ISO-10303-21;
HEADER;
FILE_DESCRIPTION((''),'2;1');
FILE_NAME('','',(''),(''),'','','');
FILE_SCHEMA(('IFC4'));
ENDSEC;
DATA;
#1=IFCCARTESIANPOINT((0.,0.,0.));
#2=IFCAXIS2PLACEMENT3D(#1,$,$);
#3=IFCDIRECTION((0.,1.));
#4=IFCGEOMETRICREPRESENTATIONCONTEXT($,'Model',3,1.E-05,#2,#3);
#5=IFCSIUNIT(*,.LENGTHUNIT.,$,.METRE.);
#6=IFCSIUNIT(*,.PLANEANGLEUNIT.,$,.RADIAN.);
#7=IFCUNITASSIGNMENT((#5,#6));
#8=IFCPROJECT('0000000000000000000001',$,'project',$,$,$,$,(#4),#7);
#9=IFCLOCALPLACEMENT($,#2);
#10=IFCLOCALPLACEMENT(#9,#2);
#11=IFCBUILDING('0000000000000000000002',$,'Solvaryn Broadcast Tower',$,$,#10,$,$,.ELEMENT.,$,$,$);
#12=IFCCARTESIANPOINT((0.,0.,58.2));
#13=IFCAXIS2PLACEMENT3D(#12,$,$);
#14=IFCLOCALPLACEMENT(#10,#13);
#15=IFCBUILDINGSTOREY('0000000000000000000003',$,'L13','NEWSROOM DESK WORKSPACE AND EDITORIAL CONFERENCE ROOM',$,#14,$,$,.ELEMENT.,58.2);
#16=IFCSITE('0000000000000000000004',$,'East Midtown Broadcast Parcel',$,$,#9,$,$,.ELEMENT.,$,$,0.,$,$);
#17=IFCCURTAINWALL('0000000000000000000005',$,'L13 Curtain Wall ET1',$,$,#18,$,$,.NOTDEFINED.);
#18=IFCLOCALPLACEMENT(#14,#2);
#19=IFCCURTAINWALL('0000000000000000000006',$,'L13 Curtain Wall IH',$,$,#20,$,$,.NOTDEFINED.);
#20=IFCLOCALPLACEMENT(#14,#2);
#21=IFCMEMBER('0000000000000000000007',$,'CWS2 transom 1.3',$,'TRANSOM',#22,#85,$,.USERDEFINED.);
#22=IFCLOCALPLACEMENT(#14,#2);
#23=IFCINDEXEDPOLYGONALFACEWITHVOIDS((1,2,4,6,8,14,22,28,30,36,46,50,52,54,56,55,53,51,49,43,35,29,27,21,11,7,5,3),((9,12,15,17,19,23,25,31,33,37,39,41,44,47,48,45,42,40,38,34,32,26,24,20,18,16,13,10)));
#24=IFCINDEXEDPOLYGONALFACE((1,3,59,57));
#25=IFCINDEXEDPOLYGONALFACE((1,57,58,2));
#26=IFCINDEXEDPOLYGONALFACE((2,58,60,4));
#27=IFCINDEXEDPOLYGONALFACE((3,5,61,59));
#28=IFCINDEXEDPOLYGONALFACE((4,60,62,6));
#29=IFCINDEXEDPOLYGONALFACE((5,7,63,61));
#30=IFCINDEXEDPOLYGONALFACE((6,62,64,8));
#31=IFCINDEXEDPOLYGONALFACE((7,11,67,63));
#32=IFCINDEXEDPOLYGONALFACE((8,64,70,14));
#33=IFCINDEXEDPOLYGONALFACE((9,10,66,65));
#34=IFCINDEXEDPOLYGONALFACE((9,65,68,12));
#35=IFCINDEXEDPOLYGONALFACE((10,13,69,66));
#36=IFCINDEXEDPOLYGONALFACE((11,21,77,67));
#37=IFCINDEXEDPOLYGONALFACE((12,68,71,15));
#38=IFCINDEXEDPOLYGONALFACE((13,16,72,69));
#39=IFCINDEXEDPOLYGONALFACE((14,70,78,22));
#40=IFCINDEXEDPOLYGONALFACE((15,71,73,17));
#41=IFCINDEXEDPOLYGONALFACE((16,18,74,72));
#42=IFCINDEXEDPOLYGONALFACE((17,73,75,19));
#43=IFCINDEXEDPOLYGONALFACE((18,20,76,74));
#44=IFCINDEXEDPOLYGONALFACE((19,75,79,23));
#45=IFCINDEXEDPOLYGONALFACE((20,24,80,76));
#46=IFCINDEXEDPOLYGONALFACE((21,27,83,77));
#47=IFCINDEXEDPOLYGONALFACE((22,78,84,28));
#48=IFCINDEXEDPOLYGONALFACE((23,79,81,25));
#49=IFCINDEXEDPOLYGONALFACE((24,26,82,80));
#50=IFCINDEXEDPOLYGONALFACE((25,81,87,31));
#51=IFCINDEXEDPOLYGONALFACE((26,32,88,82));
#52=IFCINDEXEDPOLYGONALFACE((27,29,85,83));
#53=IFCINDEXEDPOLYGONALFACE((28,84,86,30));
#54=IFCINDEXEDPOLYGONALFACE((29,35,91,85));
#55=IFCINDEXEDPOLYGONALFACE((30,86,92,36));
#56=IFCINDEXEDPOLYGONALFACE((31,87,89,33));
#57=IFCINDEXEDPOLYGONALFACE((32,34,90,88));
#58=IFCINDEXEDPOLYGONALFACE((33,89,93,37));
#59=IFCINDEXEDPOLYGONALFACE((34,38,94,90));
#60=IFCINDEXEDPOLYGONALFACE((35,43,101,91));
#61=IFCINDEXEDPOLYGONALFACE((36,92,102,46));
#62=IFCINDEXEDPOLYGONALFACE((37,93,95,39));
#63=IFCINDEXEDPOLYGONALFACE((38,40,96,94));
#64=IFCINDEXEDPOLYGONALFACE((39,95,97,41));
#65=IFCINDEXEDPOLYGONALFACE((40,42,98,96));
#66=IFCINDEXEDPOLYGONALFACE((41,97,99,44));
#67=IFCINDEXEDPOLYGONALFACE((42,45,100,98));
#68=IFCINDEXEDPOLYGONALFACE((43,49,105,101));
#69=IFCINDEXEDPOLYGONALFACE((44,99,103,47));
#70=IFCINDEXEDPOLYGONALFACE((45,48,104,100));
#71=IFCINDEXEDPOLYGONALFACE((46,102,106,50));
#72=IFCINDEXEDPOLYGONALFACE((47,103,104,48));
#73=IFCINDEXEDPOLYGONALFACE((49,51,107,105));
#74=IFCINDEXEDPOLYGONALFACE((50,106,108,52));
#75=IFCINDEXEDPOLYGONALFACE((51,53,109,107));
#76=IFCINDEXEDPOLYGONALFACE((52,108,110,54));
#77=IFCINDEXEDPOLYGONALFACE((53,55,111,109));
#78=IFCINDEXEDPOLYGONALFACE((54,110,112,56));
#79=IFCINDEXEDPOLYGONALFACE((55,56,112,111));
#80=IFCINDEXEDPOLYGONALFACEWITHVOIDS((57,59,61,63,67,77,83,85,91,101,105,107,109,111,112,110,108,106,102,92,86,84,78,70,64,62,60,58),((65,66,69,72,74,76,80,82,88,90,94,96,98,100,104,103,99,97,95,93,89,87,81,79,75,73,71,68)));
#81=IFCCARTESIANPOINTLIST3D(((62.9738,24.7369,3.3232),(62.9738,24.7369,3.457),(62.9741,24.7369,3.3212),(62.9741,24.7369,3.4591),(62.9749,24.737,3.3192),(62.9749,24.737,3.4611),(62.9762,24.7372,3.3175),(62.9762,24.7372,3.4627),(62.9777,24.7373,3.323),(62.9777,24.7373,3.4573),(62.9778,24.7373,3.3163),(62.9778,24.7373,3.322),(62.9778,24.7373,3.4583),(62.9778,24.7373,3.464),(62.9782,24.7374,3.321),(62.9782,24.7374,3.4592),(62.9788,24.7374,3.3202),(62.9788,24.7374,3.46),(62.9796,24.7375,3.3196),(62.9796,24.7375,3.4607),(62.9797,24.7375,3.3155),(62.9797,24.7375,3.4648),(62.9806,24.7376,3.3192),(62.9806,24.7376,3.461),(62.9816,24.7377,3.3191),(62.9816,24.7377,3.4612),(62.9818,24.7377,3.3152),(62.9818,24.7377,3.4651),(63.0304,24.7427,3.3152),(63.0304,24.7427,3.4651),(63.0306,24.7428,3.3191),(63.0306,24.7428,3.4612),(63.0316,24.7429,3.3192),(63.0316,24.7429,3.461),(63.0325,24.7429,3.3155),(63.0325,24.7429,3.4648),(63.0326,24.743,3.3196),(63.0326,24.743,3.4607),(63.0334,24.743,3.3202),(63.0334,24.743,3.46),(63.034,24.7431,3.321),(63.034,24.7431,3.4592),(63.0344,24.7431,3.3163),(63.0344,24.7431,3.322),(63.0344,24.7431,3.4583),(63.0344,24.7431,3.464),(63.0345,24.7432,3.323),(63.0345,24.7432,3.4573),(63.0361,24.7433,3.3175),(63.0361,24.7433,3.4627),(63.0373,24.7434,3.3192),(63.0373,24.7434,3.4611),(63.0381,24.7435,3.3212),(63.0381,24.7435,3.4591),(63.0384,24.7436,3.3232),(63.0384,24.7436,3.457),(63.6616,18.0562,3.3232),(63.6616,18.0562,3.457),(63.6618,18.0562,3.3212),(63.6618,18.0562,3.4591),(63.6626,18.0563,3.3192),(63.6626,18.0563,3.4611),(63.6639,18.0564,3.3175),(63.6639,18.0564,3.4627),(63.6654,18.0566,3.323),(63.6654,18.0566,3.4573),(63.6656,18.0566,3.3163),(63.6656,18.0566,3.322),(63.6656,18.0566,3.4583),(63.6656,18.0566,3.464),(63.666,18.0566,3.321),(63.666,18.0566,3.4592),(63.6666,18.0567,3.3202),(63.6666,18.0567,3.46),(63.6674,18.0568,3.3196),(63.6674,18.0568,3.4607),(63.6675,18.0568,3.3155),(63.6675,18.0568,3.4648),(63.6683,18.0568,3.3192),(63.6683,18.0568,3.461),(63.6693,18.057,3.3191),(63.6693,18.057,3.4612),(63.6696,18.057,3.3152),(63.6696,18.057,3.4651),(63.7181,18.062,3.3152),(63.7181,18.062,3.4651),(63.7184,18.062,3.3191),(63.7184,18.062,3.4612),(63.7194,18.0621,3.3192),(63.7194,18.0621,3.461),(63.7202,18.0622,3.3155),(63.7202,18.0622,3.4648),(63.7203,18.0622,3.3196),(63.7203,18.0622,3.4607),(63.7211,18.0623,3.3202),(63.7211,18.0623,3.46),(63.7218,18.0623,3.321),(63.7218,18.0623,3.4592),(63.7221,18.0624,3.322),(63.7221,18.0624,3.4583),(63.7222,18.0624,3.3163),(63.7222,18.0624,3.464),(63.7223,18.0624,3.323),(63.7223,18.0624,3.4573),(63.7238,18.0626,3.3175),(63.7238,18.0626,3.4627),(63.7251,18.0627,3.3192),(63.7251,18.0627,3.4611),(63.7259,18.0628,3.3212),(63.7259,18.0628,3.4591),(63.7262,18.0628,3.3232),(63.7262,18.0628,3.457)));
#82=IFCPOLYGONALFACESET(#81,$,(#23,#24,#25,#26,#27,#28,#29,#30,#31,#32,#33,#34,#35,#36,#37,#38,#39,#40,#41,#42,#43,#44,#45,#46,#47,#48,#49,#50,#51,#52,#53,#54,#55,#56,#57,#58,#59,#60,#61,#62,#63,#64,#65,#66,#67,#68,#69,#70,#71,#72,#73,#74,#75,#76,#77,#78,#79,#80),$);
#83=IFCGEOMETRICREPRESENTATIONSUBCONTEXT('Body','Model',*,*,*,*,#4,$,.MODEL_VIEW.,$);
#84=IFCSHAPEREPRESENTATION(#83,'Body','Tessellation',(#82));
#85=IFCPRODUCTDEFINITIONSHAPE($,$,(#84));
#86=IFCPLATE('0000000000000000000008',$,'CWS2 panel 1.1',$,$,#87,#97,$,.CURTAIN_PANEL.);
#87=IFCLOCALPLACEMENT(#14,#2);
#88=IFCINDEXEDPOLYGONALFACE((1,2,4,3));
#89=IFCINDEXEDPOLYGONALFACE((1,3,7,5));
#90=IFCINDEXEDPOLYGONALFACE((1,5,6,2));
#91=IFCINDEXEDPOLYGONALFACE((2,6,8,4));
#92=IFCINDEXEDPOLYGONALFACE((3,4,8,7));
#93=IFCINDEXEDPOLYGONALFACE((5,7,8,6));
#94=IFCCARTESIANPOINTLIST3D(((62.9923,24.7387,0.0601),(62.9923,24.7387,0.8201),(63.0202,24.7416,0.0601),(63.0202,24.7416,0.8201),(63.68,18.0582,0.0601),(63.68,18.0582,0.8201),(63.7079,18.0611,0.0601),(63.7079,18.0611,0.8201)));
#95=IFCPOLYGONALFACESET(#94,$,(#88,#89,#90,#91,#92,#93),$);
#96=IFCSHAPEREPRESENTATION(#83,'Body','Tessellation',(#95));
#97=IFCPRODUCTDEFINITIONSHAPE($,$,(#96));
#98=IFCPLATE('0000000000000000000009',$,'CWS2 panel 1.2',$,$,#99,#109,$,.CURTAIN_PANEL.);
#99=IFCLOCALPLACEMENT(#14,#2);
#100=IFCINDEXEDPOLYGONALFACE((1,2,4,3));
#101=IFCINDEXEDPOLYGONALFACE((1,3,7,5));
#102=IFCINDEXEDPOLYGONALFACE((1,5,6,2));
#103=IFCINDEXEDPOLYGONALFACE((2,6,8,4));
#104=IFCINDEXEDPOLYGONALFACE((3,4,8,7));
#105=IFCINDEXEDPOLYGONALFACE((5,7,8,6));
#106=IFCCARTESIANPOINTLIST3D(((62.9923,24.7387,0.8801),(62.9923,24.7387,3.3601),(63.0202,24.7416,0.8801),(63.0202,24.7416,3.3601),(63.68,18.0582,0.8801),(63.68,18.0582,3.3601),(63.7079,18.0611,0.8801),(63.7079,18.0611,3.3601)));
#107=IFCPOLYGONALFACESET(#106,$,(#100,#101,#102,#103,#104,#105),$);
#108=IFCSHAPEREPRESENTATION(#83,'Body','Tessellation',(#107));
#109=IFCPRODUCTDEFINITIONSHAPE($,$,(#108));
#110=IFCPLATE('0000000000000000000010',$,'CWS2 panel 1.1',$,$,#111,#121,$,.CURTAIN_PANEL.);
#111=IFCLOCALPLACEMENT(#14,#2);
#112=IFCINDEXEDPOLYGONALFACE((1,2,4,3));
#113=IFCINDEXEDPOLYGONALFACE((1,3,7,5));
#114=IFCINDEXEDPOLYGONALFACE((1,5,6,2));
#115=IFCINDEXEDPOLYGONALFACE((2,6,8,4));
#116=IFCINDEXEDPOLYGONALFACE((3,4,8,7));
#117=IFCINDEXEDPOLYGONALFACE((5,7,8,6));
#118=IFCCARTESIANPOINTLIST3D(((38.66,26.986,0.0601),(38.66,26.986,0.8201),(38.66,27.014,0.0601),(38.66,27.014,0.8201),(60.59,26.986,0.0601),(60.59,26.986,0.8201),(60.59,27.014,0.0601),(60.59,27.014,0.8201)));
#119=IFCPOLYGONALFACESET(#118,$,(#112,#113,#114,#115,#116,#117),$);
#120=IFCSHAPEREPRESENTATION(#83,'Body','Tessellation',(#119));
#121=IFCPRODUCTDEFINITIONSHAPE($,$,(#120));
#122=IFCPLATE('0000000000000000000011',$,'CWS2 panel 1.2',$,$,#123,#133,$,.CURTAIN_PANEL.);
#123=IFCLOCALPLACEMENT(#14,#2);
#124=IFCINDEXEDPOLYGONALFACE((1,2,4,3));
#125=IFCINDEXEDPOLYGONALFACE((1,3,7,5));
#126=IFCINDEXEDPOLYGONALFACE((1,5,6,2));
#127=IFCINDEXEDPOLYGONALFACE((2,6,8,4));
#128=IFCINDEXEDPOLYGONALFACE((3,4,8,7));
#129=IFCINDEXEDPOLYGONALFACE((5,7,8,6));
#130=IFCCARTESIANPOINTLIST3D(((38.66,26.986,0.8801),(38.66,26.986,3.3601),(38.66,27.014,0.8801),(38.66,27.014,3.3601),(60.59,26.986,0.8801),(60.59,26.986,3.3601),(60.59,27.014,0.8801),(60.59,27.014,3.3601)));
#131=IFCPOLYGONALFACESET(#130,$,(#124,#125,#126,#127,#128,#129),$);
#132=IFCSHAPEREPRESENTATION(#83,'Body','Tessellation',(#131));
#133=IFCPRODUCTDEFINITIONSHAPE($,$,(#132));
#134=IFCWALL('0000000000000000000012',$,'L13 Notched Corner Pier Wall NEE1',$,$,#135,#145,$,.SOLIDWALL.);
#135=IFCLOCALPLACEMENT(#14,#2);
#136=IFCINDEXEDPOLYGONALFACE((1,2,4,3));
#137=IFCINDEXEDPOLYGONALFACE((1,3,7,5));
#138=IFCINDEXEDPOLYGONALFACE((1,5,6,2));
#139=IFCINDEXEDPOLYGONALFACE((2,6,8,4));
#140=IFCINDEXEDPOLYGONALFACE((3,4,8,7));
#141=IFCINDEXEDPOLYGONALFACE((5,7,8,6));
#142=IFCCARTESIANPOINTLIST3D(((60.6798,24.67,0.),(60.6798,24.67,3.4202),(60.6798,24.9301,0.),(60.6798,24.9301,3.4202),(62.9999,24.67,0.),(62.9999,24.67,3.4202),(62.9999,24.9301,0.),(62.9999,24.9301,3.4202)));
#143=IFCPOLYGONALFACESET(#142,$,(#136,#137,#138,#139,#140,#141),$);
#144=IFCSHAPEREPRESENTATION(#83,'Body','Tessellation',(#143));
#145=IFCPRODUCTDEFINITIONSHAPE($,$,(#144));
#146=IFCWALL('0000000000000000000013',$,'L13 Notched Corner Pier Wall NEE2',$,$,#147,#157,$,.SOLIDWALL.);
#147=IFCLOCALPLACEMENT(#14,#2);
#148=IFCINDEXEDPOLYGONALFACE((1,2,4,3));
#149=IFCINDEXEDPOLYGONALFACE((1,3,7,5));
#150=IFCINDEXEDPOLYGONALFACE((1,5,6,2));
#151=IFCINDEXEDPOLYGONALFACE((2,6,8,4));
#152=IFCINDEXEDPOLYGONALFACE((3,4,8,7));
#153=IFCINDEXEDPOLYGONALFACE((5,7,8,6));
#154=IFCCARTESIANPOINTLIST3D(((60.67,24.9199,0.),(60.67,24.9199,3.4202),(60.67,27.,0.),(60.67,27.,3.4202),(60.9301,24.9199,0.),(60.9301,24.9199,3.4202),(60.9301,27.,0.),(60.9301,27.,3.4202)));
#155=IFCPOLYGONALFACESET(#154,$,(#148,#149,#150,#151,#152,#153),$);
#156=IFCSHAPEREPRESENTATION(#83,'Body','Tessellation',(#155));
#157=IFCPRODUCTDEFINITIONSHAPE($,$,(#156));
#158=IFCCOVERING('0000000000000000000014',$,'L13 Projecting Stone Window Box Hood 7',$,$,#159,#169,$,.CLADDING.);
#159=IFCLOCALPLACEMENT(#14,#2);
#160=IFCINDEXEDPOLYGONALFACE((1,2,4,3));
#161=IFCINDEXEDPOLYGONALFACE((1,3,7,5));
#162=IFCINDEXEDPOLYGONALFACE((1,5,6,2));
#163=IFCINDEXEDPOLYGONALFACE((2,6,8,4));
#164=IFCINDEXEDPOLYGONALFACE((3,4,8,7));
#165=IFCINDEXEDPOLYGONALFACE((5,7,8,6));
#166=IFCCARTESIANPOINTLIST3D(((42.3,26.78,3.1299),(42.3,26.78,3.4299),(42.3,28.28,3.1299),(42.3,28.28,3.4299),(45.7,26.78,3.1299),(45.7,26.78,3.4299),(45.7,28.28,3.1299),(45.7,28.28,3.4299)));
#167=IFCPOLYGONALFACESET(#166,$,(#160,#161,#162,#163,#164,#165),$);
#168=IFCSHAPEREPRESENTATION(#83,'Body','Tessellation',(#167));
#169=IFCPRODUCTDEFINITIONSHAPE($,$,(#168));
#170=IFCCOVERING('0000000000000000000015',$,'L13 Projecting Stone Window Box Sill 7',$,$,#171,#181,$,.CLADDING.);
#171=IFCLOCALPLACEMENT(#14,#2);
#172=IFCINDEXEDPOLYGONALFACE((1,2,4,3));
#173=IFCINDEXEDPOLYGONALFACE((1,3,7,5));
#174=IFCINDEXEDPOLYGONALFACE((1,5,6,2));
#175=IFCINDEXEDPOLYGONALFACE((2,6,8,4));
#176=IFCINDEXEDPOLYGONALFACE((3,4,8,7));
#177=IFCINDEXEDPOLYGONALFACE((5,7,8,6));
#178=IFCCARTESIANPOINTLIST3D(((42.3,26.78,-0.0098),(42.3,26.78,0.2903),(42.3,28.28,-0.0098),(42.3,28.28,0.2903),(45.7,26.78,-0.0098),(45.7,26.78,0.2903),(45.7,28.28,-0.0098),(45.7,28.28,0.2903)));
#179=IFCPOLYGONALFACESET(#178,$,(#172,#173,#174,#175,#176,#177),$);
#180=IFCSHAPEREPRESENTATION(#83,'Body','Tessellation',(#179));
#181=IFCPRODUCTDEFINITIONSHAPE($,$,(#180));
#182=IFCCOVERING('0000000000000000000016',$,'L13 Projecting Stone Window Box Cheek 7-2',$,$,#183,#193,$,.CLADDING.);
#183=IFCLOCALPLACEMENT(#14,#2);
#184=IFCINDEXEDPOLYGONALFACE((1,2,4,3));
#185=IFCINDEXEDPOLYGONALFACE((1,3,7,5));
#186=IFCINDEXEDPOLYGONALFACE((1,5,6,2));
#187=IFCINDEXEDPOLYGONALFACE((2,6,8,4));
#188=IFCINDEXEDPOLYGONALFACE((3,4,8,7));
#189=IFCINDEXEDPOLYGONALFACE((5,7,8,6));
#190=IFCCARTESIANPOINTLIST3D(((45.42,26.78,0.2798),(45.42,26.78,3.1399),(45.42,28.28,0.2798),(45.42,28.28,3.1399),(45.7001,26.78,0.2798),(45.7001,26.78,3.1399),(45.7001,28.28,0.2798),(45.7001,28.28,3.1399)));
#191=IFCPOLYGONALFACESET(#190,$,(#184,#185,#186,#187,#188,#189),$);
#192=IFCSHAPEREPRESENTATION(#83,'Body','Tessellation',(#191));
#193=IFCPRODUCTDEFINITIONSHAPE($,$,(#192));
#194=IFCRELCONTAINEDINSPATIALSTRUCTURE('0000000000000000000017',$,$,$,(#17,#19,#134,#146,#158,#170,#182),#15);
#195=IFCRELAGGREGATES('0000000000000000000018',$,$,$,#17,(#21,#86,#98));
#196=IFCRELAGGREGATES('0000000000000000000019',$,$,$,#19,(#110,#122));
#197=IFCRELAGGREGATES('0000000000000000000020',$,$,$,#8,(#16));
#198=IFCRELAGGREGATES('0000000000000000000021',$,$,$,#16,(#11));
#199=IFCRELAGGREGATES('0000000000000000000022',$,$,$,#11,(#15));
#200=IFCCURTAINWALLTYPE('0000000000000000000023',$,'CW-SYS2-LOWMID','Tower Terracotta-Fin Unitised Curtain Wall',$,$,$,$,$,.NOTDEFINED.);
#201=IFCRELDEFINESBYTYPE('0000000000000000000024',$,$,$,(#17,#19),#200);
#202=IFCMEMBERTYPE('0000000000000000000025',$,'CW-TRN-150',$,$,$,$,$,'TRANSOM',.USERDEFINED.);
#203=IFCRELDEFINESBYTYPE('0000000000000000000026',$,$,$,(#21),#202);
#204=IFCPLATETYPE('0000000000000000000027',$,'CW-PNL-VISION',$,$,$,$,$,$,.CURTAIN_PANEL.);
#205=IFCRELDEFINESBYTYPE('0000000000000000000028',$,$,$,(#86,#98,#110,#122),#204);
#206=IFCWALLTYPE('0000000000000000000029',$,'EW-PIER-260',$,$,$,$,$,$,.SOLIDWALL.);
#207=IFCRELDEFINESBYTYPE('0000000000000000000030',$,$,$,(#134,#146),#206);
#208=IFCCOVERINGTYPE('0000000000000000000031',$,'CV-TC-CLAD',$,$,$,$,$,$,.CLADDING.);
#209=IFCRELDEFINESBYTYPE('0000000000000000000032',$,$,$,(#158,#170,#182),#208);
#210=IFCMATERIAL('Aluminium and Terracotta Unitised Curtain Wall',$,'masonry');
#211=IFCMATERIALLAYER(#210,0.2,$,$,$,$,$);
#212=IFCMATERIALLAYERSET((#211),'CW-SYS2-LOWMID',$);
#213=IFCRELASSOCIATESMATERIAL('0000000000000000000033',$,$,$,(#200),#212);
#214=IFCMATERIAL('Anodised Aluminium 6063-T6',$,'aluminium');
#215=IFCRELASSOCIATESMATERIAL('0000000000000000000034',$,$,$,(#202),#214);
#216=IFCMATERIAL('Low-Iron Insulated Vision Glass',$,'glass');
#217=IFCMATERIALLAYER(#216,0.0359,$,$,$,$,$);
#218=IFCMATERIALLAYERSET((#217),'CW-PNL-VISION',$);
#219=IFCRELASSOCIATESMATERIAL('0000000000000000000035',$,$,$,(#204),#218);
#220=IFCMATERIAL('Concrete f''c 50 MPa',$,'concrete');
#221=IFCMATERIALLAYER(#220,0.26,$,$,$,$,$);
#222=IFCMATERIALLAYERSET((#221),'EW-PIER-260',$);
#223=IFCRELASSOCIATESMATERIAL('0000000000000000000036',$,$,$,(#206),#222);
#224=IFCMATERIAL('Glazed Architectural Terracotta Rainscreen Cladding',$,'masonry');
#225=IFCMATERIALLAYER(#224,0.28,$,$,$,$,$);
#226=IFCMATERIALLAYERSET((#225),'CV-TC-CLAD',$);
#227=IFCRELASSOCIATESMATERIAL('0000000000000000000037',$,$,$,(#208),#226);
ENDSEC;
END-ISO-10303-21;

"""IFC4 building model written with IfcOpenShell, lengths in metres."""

from ifc_helpers import new_model, si_unit, direction, frame, frame_2d, origin, origin_2d, place, context, subcontext, project, spatial, rectangle, hollow_rectangle, extrude, material, layer, layer_set, material_profile, profile_set, type_object, element, aggregate, save


model = new_model("IFC4")

# Units and contexts
model_context = context("Model", 3, precision=1e-05, world=origin(), true_north=direction((0.0, 1.0)))
body_context = subcontext(model_context, "Body", "Model", "MODEL_VIEW")
ifc_project = project(units=[si_unit("LENGTHUNIT", "METRE"), si_unit("PLANEANGLEUNIT", "RADIAN")], contexts=[model_context])

# Site, building, storey
site_placement = place(None, origin())
site = spatial("IfcSite", under=ifc_project, at=site_placement, Name="East Midtown Broadcast Parcel", CompositionType="ELEMENT", RefElevation=0.0)
building_placement = place(site_placement, origin())
building = spatial("IfcBuilding", under=site, at=building_placement, Name="Solvaryn Broadcast Tower", CompositionType="ELEMENT")
storey_placement = place(building_placement, frame((0.0, 0.0, 58.2)))
storey = spatial("IfcBuildingStorey", under=building, at=storey_placement, Name="L13", Description="NEWSROOM DESK WORKSPACE AND EDITORIAL CONFERENCE ROOM", CompositionType="ELEMENT", Elevation=58.2)

# Curtain walls
ifc_material_1 = material(Name="Aluminium and Terracotta Unitised Curtain Wall", Category="masonry")
ifc_layer_1 = layer(ifc_material_1, 0.2)
ifc_layer_set_1 = layer_set([ifc_layer_1], Name="CW-SYS2-LOWMID")
curtain_wall_type = type_object("IfcCurtainWallType", Name="CW-SYS2-LOWMID", Description="Tower Terracotta-Fin Unitised Curtain Wall", PredefinedType="NOTDEFINED", material=ifc_layer_set_1)
curtain_wall_1_placement = place(storey_placement, origin())
curtain_wall_1 = element("IfcCurtainWall", 1, at=curtain_wall_1_placement, inside=storey, type_object=curtain_wall_type, Name="L13 Curtain Wall ET1", PredefinedType="NOTDEFINED")
curtain_wall_2_placement = place(storey_placement, origin())
curtain_wall_2 = element("IfcCurtainWall", 2, at=curtain_wall_2_placement, inside=storey, type_object=curtain_wall_type, Name="L13 Curtain Wall IH", PredefinedType="NOTDEFINED")

# Member
ifc_material_2 = material(Name="Anodised Aluminium 6063-T6", Category="aluminium")
ifc_material_profile_1 = material_profile(ifc_material_2, hollow_rectangle(XDim=0.0649, YDim=0.1499, WallThickness=0.0039, InnerFilletRadius=0.0039, OuterFilletRadius=0.0081, at=origin_2d()))
ifc_profile_set_1 = profile_set([ifc_material_profile_1], Name="Anodised Aluminium 6063-T6")
member_type_1 = type_object("IfcMemberType", Name="CW-TRN-150", ElementType="TRANSOM", PredefinedType="USERDEFINED", material=ifc_profile_set_1)
member_1_placement = place(storey_placement, frame((63.0061, 24.7402, 3.3901), z_axis=(0.102404, -0.994743, 0.0), x_axis=(0.994743, 0.102404, 0.0)))
member_1 = element("IfcMember", 3, at=member_1_placement, type_object=member_type_1, Name="CWS2 transom 1.3", ObjectType="TRANSOM", PredefinedType="USERDEFINED", context=body_context, shape_type="SweptSolid", body=[
    extrude(hollow_rectangle(XDim=0.0649, YDim=0.1499, WallThickness=0.0039, InnerFilletRadius=0.0039, OuterFilletRadius=0.0081, at=origin_2d()), origin(), (0.0, 0.0, 1.0), 6.7161),
])

# Plates
ifc_material_3 = material(Name="Low-Iron Insulated Vision Glass", Category="glass")
ifc_layer_2 = layer(ifc_material_3, 0.0359)
ifc_layer_set_2 = layer_set([ifc_layer_2], Name="CW-PNL-VISION")
plate_type = type_object("IfcPlateType", Name="CW-PNL-VISION", PredefinedType="CURTAIN_PANEL", material=ifc_layer_set_2)
plate_1_placement = place(storey_placement, frame((63.3501, 21.3999, 0.0601), z_axis=(0.0, 0.0, 1.0), x_axis=(0.1024, -0.994743, 0.0)))
plate_1 = element("IfcPlate", 4, at=plate_1_placement, type_object=plate_type, Name="CWS2 panel 1.1", PredefinedType="CURTAIN_PANEL", context=body_context, shape_type="SweptSolid", body=[
    extrude(rectangle(XDim=6.7158, YDim=0.0281, at=origin_2d()), origin(), (0.0, 0.0, 1.0), 0.76),
])
plate_2_placement = place(storey_placement, frame((63.3501, 21.3999, 0.8801), z_axis=(0.0, 0.0, 1.0), x_axis=(0.1024, -0.994743, 0.0)))
plate_2 = element("IfcPlate", 5, at=plate_2_placement, type_object=plate_type, Name="CWS2 panel 1.2", PredefinedType="CURTAIN_PANEL", context=body_context, shape_type="SweptSolid", body=[
    extrude(rectangle(XDim=6.7158, YDim=0.0281, at=origin_2d()), origin(), (0.0, 0.0, 1.0), 2.48),
])
aggregate(curtain_wall_1, [member_1, plate_1, plate_2])
plate_3_placement = place(storey_placement, frame((49.625, 27.0, 0.0601), z_axis=(0.0, 0.0, 1.0), x_axis=(1.0, 0.0, 0.0)))
plate_3 = element("IfcPlate", 6, at=plate_3_placement, type_object=plate_type, Name="CWS2 panel 1.1", PredefinedType="CURTAIN_PANEL", context=body_context, shape_type="SweptSolid", body=[
    extrude(rectangle(XDim=21.9299, YDim=0.0281, at=origin_2d()), origin(), (0.0, 0.0, 1.0), 0.76),
])
plate_4_placement = place(storey_placement, frame((49.625, 27.0, 0.8801), z_axis=(0.0, 0.0, 1.0), x_axis=(1.0, 0.0, 0.0)))
plate_4 = element("IfcPlate", 7, at=plate_4_placement, type_object=plate_type, Name="CWS2 panel 1.2", PredefinedType="CURTAIN_PANEL", context=body_context, shape_type="SweptSolid", body=[
    extrude(rectangle(XDim=21.9299, YDim=0.0281, at=origin_2d()), origin(), (0.0, 0.0, 1.0), 2.48),
])
aggregate(curtain_wall_2, [plate_3, plate_4])

# Walls
ifc_material_4 = material(Name="Concrete f'c 50 MPa", Category="concrete")
ifc_layer_3 = layer(ifc_material_4, 0.26)
ifc_layer_set_3 = layer_set([ifc_layer_3], Name="EW-PIER-260")
wall_type_1 = type_object("IfcWallType", Name="EW-PIER-260", PredefinedType="SOLIDWALL", material=ifc_layer_set_3)
wall_1_placement = place(storey_placement, frame((63.0, 24.8, 0.0), z_axis=(0.0, 0.0, 1.0), x_axis=(-1.0, 0.0, 0.0)))
element("IfcWall", 8, at=wall_1_placement, inside=storey, type_object=wall_type_1, Name="L13 Notched Corner Pier Wall NEE1", PredefinedType="SOLIDWALL", context=body_context, shape_type="SweptSolid", body=[
    extrude(rectangle(XDim=2.3201, YDim=0.26, at=frame_2d((1.1602, 0.0))), origin(), (0.0, 0.0, 1.0), 3.4202),
])
wall_2_placement = place(storey_placement, frame((60.8, 24.9199, 0.0), z_axis=(0.0, 0.0, 1.0), x_axis=(0.0, 1.0, 0.0)))
element("IfcWall", 9, at=wall_2_placement, inside=storey, type_object=wall_type_1, Name="L13 Notched Corner Pier Wall NEE2", PredefinedType="SOLIDWALL", context=body_context, shape_type="SweptSolid", body=[
    extrude(rectangle(XDim=2.0801, YDim=0.26, at=frame_2d((1.04, 0.0))), origin(), (0.0, 0.0, 1.0), 3.4202),
])

# Coverings
ifc_material_5 = material(Name="Glazed Architectural Terracotta Rainscreen Cladding", Category="masonry")
ifc_layer_4 = layer(ifc_material_5, 0.28)
ifc_layer_set_4 = layer_set([ifc_layer_4], Name="CV-TC-CLAD")
covering_type_1 = type_object("IfcCoveringType", Name="CV-TC-CLAD", PredefinedType="CLADDING", material=ifc_layer_set_4)
for number, where, z_axis, x_axis, name in (
    (10, (44.0, 27.53, 3.1299), (0.0, 0.0, 1.0), (1.0, 0.0, 0.0), "L13 Projecting Stone Window Box Hood 7"),
    (11, (44.0, 27.53, -0.0098), (0.0, 0.0, 1.0), (1.0, 0.0, 0.0), "L13 Projecting Stone Window Box Sill 7"),
):
    element("IfcCovering", number, at=place(storey_placement, frame(where, z_axis=z_axis, x_axis=x_axis)), inside=storey, type_object=covering_type_1, Name=name, PredefinedType="CLADDING", context=body_context, shape_type="SweptSolid", body=[
        extrude(rectangle(XDim=3.3999, YDim=1.5, at=origin_2d()), origin(), (0.0, 0.0, 1.0), 0.3),
    ])
covering_1_placement = place(storey_placement, frame((45.5601, 27.53, 0.2798), z_axis=(0.0, 0.0, 1.0), x_axis=(1.0, 0.0, 0.0)))
element("IfcCovering", 12, at=covering_1_placement, inside=storey, type_object=covering_type_1, Name="L13 Projecting Stone Window Box Cheek 7-2", PredefinedType="CLADDING", context=body_context, shape_type="SweptSolid", body=[
    extrude(rectangle(XDim=0.28, YDim=1.5, at=origin_2d()), origin(), (0.0, 0.0, 1.0), 2.8601),
])

save(model, "model.ifc")
